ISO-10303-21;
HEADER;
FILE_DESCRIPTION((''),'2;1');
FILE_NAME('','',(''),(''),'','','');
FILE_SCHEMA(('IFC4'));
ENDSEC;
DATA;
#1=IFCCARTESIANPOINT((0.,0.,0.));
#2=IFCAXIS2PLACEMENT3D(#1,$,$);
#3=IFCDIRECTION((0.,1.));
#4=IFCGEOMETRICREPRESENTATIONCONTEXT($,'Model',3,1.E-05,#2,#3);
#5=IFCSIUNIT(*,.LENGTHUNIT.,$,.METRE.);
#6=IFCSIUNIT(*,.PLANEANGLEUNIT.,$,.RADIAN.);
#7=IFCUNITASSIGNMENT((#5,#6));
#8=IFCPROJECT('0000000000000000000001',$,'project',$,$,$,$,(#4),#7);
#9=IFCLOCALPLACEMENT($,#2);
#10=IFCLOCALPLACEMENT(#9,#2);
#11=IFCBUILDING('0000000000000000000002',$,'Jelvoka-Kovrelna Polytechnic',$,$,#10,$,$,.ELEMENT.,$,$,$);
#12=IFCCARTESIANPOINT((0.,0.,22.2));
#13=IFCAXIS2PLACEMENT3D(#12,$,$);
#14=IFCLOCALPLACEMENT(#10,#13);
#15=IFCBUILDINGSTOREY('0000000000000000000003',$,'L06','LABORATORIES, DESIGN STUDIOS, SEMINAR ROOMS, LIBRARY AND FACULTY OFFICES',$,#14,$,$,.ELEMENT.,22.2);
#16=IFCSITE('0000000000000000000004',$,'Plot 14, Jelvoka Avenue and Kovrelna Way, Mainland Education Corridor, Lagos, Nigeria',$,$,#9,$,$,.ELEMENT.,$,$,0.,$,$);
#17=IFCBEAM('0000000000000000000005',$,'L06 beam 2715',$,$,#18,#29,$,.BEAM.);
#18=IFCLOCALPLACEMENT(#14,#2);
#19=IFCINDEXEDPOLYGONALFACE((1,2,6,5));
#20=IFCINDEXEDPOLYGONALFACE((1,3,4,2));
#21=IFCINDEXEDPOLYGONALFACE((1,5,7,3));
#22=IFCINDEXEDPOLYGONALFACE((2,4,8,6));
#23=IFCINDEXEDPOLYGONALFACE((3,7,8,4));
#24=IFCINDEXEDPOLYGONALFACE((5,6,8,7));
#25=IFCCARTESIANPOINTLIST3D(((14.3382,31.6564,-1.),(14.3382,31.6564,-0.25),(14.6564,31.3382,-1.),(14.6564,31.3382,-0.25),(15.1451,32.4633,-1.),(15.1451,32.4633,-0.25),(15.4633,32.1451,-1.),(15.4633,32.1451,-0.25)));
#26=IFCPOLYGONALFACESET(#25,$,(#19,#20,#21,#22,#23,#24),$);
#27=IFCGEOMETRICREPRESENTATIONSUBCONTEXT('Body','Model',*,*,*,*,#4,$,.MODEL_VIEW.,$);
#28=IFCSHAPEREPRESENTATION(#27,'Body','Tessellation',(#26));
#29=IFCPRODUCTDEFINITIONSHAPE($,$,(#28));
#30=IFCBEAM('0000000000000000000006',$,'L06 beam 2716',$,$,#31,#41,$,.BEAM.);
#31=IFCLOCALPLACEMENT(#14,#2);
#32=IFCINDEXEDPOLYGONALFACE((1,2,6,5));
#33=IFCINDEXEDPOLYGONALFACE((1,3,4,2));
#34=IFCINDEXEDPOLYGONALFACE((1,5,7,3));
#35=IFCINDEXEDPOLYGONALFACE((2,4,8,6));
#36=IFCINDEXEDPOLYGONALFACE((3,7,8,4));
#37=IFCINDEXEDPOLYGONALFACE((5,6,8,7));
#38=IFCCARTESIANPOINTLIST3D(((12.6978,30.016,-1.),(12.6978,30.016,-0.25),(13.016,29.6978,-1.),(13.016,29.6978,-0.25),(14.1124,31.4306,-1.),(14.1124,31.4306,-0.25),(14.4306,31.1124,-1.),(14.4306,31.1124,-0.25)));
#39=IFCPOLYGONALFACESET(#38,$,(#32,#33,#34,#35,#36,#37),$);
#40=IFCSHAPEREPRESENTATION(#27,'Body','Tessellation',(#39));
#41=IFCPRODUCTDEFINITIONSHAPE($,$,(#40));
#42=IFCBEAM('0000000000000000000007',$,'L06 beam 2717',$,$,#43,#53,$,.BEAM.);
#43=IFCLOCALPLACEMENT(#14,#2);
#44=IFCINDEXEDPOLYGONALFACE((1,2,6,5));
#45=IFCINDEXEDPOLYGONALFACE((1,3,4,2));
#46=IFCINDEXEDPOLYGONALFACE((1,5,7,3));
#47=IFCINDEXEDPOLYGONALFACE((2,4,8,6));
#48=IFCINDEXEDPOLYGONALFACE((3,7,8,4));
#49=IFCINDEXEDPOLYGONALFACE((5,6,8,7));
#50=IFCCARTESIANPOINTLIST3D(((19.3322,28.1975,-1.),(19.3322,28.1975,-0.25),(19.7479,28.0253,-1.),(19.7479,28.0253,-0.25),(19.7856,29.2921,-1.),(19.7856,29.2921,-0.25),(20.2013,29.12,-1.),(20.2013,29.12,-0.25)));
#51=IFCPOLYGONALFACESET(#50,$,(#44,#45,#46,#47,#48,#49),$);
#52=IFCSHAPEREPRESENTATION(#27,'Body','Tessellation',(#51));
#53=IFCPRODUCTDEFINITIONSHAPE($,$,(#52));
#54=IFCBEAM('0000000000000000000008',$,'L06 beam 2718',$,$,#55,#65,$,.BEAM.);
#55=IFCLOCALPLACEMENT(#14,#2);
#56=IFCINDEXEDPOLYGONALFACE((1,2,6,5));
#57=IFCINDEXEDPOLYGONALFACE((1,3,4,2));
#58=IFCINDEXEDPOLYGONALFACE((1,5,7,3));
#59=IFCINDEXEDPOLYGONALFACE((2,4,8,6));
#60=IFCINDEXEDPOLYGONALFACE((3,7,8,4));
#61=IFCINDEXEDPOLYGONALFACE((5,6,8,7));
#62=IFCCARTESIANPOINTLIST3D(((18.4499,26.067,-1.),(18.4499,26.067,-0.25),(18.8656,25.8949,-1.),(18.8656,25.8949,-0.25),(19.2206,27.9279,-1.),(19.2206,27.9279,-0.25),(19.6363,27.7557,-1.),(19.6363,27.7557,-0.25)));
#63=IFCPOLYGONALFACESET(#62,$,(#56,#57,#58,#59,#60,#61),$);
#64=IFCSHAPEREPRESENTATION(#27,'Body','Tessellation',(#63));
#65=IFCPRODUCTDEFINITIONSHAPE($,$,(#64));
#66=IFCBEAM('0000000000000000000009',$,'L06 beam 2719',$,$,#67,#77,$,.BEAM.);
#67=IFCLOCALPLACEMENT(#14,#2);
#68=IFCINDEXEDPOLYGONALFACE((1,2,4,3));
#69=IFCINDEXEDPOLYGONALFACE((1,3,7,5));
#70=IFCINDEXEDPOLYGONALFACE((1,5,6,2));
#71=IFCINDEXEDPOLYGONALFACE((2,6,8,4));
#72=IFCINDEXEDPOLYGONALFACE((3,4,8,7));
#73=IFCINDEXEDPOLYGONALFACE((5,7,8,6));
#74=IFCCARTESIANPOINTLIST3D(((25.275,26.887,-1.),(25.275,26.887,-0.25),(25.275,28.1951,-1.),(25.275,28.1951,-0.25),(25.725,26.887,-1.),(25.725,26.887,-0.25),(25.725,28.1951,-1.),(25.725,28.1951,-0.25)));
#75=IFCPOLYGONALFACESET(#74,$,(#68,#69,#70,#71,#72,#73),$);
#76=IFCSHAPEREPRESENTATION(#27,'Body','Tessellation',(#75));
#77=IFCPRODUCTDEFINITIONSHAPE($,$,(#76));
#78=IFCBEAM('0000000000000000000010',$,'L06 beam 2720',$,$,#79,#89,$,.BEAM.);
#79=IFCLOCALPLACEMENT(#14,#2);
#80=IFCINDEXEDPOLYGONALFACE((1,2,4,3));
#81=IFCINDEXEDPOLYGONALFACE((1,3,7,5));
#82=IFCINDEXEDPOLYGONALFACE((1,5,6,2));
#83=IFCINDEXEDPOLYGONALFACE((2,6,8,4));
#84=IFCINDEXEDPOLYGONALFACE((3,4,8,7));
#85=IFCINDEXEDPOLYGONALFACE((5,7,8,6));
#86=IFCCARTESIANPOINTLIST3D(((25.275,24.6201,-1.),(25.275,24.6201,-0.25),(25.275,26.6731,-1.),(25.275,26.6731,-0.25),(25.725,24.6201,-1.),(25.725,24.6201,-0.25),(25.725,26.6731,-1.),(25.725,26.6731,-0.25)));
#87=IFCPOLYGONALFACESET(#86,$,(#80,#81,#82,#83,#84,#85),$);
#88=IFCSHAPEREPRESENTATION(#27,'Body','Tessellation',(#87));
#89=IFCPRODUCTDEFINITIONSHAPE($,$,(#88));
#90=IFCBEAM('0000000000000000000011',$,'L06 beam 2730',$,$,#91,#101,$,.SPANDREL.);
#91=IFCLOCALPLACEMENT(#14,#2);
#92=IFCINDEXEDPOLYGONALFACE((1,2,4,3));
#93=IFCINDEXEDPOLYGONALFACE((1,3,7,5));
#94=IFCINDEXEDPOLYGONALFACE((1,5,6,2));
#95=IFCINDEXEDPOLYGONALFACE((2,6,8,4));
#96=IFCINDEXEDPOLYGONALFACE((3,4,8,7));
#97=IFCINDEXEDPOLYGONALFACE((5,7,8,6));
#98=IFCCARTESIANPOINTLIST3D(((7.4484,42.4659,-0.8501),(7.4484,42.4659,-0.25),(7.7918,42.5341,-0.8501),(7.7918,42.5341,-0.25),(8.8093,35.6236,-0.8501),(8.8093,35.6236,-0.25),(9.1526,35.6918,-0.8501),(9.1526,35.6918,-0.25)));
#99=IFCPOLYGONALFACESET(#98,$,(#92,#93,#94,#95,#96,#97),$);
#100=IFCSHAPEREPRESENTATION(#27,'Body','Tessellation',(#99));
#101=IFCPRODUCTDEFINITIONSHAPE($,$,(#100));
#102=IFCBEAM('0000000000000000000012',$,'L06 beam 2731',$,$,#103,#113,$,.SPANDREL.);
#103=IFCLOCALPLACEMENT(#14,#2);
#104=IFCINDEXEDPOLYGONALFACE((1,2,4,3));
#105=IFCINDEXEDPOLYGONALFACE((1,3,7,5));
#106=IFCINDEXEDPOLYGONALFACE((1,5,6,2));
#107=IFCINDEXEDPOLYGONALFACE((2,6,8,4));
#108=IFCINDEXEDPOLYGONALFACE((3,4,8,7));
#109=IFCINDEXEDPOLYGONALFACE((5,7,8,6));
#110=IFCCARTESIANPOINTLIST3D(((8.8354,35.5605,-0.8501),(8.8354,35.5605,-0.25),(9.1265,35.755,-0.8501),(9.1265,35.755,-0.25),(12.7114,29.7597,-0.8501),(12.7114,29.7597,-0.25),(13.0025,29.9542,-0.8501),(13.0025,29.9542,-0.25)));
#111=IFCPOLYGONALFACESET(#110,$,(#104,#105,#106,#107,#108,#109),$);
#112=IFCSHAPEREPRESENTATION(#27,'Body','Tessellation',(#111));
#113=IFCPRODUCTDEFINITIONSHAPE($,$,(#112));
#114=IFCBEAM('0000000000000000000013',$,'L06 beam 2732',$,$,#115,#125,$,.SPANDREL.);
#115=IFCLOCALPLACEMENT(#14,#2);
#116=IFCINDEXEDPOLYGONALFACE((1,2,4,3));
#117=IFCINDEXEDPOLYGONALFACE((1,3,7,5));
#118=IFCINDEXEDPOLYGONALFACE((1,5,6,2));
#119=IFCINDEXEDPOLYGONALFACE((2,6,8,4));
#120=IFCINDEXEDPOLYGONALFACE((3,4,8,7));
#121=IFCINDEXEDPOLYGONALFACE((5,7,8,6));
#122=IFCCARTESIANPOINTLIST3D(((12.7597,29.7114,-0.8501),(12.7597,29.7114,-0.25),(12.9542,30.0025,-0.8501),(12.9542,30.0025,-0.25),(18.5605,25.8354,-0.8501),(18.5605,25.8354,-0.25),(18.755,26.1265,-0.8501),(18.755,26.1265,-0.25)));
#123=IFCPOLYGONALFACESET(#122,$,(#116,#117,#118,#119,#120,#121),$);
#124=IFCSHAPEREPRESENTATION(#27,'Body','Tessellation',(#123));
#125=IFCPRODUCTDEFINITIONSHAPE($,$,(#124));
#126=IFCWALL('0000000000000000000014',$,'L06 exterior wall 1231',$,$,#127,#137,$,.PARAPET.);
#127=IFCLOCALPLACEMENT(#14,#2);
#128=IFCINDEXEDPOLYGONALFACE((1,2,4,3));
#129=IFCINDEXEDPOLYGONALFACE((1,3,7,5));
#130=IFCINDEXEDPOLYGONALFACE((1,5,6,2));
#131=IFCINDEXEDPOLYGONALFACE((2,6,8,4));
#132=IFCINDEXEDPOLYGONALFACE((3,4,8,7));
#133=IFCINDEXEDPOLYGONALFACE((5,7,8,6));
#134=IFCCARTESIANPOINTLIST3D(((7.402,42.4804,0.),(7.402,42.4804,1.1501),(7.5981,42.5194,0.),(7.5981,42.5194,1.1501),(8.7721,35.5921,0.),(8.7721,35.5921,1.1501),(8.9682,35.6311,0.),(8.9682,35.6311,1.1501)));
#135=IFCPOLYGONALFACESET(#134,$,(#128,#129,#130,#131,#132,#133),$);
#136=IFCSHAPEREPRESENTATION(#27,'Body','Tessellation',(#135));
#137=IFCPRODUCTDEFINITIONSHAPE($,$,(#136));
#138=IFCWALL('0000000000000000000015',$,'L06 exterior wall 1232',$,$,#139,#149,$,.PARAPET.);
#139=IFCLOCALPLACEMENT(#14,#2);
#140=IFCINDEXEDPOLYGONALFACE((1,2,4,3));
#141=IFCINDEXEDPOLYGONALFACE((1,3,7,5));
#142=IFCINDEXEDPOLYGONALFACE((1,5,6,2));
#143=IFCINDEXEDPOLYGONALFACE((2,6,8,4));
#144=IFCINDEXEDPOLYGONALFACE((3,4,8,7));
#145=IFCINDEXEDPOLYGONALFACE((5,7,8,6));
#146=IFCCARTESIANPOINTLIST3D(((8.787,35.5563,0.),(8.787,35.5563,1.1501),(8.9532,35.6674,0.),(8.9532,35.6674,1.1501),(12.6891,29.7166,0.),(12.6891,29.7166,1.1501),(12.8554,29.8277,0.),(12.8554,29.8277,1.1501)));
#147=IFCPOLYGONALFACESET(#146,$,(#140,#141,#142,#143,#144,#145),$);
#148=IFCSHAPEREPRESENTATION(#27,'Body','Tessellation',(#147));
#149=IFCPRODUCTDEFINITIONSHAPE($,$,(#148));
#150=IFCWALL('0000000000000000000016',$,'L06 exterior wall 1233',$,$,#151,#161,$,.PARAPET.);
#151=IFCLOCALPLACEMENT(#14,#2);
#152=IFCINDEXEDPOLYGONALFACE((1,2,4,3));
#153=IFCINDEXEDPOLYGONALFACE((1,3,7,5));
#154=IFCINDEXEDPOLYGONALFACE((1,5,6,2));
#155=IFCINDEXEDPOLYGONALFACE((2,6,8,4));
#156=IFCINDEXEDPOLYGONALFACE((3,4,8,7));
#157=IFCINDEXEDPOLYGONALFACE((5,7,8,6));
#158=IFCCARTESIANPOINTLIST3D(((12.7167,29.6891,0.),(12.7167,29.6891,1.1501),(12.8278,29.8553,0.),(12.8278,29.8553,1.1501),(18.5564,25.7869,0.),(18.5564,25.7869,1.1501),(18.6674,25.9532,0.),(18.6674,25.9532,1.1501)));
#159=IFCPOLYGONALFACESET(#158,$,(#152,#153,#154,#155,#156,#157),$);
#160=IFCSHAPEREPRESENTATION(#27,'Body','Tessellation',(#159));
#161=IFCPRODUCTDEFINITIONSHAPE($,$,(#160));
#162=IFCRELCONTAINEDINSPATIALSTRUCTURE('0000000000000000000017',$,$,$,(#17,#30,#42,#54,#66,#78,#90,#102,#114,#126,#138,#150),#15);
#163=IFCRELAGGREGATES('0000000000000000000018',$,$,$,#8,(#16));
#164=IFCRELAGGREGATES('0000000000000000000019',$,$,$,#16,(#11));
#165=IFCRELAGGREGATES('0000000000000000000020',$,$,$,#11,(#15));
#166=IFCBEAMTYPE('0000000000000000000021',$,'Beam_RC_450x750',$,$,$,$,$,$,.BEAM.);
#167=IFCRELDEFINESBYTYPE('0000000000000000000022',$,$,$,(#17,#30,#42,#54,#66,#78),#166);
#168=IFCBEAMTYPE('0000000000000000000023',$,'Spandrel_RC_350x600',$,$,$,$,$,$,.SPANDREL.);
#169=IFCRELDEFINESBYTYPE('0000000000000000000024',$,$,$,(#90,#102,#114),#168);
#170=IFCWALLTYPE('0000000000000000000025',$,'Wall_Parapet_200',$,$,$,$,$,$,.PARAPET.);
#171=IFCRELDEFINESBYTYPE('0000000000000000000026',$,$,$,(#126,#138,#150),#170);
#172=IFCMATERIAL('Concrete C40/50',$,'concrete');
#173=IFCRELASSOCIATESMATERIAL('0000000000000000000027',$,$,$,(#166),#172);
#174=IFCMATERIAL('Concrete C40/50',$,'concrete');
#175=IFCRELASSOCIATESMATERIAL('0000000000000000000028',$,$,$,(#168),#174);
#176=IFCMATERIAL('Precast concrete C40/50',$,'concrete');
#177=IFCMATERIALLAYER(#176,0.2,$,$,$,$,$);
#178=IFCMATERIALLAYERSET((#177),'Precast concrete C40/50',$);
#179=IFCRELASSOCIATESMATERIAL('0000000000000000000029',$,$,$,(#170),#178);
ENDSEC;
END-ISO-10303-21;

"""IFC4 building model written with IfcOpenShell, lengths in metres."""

from ifc_helpers import new_model, si_unit, direction, frame, frame_2d, origin, origin_2d, place, context, subcontext, project, spatial, rectangle, extrude, material, layer, layer_set, material_profile, profile_set, type_object, element, save


model = new_model("IFC4")

# Units and contexts
model_context = context("Model", 3, precision=1e-05, world=origin(), true_north=direction((0.0, 1.0)))
body_context = subcontext(model_context, "Body", "Model", "MODEL_VIEW")
ifc_project = project(units=[si_unit("LENGTHUNIT", "METRE"), si_unit("PLANEANGLEUNIT", "RADIAN")], contexts=[model_context])

# Site, building, storey
site_placement = place(None, origin())
site = spatial("IfcSite", under=ifc_project, at=site_placement, Name="Plot 14, Jelvoka Avenue and Kovrelna Way, Mainland Education Corridor, Lagos, Nigeria", CompositionType="ELEMENT", RefElevation=0.0)
building_placement = place(site_placement, origin())
building = spatial("IfcBuilding", under=site, at=building_placement, Name="Jelvoka-Kovrelna Polytechnic", CompositionType="ELEMENT")
storey_placement = place(building_placement, frame((0.0, 0.0, 22.2)))
storey = spatial("IfcBuildingStorey", under=building, at=storey_placement, Name="L06", Description="LABORATORIES, DESIGN STUDIOS, SEMINAR ROOMS, LIBRARY AND FACULTY OFFICES", CompositionType="ELEMENT", Elevation=22.2)

# Beams
ifc_material_1 = material(Name="Concrete C40/50", Category="concrete")
ifc_material_profile_1 = material_profile(ifc_material_1, rectangle(XDim=0.45, YDim=0.75, at=origin_2d()), Name="RC 450x750")
ifc_profile_set_1 = profile_set([ifc_material_profile_1], Name="Concrete C40/50")
beam_type_1 = type_object("IfcBeamType", Name="Beam_RC_450x750", PredefinedType="BEAM", material=ifc_profile_set_1)
beam_1_placement = place(storey_placement, frame((15.3042, 32.3042, -0.625), z_axis=(-0.707107, -0.707107, 0.0), x_axis=(0.707107, -0.707107, 0.0)))
element("IfcBeam", 1, at=beam_1_placement, inside=storey, type_object=beam_type_1, Name="L06 beam 2715", PredefinedType="BEAM", context=body_context, shape_type="SweptSolid", body=[
    extrude(rectangle(XDim=0.45, YDim=0.75, at=origin_2d()), origin(), (0.0, 0.0, 1.0), 1.1411),
])
beam_2_placement = place(storey_placement, frame((14.2715, 31.2715, -0.625), z_axis=(-0.707107, -0.707107, 0.0), x_axis=(0.707107, -0.707107, 0.0)))
element("IfcBeam", 2, at=beam_2_placement, inside=storey, type_object=beam_type_1, Name="L06 beam 2716", PredefinedType="BEAM", context=body_context, shape_type="SweptSolid", body=[
    extrude(rectangle(XDim=0.45, YDim=0.75, at=origin_2d()), origin(), (0.0, 0.0, 1.0), 2.0005),
])
beam_3_placement = place(storey_placement, frame((19.9934, 29.2061, -0.625), z_axis=(-0.382625, -0.923904, 0.0), x_axis=(0.923904, -0.382625, 0.0)))
element("IfcBeam", 3, at=beam_3_placement, inside=storey, type_object=beam_type_1, Name="L06 beam 2717", PredefinedType="BEAM", context=body_context, shape_type="SweptSolid", body=[
    extrude(rectangle(XDim=0.45, YDim=0.75, at=origin_2d()), origin(), (0.0, 0.0, 1.0), 1.1848),
])
beam_4_placement = place(storey_placement, frame((19.4285, 27.8418, -0.625), z_axis=(-0.382669, -0.923885, 0.0), x_axis=(0.923885, -0.382669, 0.0)))
element("IfcBeam", 4, at=beam_4_placement, inside=storey, type_object=beam_type_1, Name="L06 beam 2718", PredefinedType="BEAM", context=body_context, shape_type="SweptSolid", body=[
    extrude(rectangle(XDim=0.45, YDim=0.75, at=origin_2d()), origin(), (0.0, 0.0, 1.0), 2.0142),
])
beam_5_placement = place(storey_placement, frame((25.5, 28.1951, -0.625), z_axis=(0.0, -1.0, 0.0), x_axis=(1.0, 0.0, 0.0)))
element("IfcBeam", 5, at=beam_5_placement, inside=storey, type_object=beam_type_1, Name="L06 beam 2719", PredefinedType="BEAM", context=body_context, shape_type="SweptSolid", body=[
    extrude(rectangle(XDim=0.45, YDim=0.75, at=origin_2d()), origin(), (0.0, 0.0, 1.0), 1.3081),
])
beam_6_placement = place(storey_placement, frame((25.5, 26.6731, -0.625), z_axis=(0.0, -1.0, 0.0), x_axis=(1.0, 0.0, 0.0)))
element("IfcBeam", 6, at=beam_6_placement, inside=storey, type_object=beam_type_1, Name="L06 beam 2720", PredefinedType="BEAM", context=body_context, shape_type="SweptSolid", body=[
    extrude(rectangle(XDim=0.45, YDim=0.75, at=origin_2d()), origin(), (0.0, 0.0, 1.0), 2.053),
])
ifc_material_2 = material(Name="Concrete C40/50", Category="concrete")
ifc_material_profile_2 = material_profile(ifc_material_2, rectangle(XDim=0.3501, YDim=0.6001, at=origin_2d()), Name="RC 350x600")
ifc_profile_set_2 = profile_set([ifc_material_profile_2], Name="Concrete C40/50")
beam_type_2 = type_object("IfcBeamType", Name="Spandrel_RC_350x600", PredefinedType="SPANDREL", material=ifc_profile_set_2)
beam_7_placement = place(storey_placement, frame((7.6201, 42.5, -0.55), z_axis=(0.195066, -0.98079, 0.0), x_axis=(0.98079, 0.195066, 0.0)))
element("IfcBeam", 7, at=beam_7_placement, inside=storey, type_object=beam_type_2, Name="L06 beam 2730", PredefinedType="SPANDREL", context=body_context, shape_type="SweptSolid", body=[
    extrude(rectangle(XDim=0.3501, YDim=0.6001, at=origin_2d()), origin(), (0.0, 0.0, 1.0), 6.9763),
])
for number, where, z_axis, x_axis, name in (
    (8, (8.981, 35.6577, -0.55), (0.555572, -0.831468, 0.0), (0.831468, 0.555572, 0.0), "L06 beam 2731"),
    (9, (12.8569, 29.8569, -0.55), (0.831468, -0.555572, 0.0), (0.555572, 0.831468, 0.0), "L06 beam 2732"),
):
    element("IfcBeam", number, at=place(storey_placement, frame(where, z_axis=z_axis, x_axis=x_axis)), inside=storey, type_object=beam_type_2, Name=name, PredefinedType="SPANDREL", context=body_context, shape_type="SweptSolid", body=[
        extrude(rectangle(XDim=0.3501, YDim=0.6001, at=origin_2d()), origin(), (0.0, 0.0, 1.0), 6.9766),
    ])

# Walls
ifc_material_3 = material(Name="Precast concrete C40/50", Category="concrete")
ifc_layer = layer(ifc_material_3, 0.2)
ifc_layer_set = layer_set([ifc_layer], Name="Precast concrete C40/50")
wall_type = type_object("IfcWallType", Name="Wall_Parapet_200", PredefinedType="PARAPET", material=ifc_layer_set)
wall_placement = place(storey_placement, frame((7.5, 42.5, 0.0), z_axis=(0.0, 0.0, 1.0), x_axis=(0.195087, -0.980786, 0.0)))
element("IfcWall", 10, at=wall_placement, inside=storey, type_object=wall_type, Name="L06 exterior wall 1231", PredefinedType="PARAPET", context=body_context, shape_type="SweptSolid", body=[
    extrude(rectangle(XDim=7.0232, YDim=0.2, at=frame_2d((3.5117, 0.0))), origin(), (0.0, 0.0, 1.0), 1.1501),
])
for number, where, z_axis, x_axis, name in (
    (11, (8.8701, 35.6118, 0.0), (0.0, 0.0, 1.0), (0.55559, -0.831456, 0.0), "L06 exterior wall 1232"),
    (12, (12.7722, 29.7722, 0.0), (0.0, 0.0, 1.0), (0.831456, -0.55559, 0.0), "L06 exterior wall 1233"),
):
    element("IfcWall", number, at=place(storey_placement, frame(where, z_axis=z_axis, x_axis=x_axis)), inside=storey, type_object=wall_type, Name=name, PredefinedType="PARAPET", context=body_context, shape_type="SweptSolid", body=[
        extrude(rectangle(XDim=7.0234, YDim=0.2, at=frame_2d((3.5117, 0.0))), origin(), (0.0, 0.0, 1.0), 1.1501),
    ])

save(model, "model.ifc")
